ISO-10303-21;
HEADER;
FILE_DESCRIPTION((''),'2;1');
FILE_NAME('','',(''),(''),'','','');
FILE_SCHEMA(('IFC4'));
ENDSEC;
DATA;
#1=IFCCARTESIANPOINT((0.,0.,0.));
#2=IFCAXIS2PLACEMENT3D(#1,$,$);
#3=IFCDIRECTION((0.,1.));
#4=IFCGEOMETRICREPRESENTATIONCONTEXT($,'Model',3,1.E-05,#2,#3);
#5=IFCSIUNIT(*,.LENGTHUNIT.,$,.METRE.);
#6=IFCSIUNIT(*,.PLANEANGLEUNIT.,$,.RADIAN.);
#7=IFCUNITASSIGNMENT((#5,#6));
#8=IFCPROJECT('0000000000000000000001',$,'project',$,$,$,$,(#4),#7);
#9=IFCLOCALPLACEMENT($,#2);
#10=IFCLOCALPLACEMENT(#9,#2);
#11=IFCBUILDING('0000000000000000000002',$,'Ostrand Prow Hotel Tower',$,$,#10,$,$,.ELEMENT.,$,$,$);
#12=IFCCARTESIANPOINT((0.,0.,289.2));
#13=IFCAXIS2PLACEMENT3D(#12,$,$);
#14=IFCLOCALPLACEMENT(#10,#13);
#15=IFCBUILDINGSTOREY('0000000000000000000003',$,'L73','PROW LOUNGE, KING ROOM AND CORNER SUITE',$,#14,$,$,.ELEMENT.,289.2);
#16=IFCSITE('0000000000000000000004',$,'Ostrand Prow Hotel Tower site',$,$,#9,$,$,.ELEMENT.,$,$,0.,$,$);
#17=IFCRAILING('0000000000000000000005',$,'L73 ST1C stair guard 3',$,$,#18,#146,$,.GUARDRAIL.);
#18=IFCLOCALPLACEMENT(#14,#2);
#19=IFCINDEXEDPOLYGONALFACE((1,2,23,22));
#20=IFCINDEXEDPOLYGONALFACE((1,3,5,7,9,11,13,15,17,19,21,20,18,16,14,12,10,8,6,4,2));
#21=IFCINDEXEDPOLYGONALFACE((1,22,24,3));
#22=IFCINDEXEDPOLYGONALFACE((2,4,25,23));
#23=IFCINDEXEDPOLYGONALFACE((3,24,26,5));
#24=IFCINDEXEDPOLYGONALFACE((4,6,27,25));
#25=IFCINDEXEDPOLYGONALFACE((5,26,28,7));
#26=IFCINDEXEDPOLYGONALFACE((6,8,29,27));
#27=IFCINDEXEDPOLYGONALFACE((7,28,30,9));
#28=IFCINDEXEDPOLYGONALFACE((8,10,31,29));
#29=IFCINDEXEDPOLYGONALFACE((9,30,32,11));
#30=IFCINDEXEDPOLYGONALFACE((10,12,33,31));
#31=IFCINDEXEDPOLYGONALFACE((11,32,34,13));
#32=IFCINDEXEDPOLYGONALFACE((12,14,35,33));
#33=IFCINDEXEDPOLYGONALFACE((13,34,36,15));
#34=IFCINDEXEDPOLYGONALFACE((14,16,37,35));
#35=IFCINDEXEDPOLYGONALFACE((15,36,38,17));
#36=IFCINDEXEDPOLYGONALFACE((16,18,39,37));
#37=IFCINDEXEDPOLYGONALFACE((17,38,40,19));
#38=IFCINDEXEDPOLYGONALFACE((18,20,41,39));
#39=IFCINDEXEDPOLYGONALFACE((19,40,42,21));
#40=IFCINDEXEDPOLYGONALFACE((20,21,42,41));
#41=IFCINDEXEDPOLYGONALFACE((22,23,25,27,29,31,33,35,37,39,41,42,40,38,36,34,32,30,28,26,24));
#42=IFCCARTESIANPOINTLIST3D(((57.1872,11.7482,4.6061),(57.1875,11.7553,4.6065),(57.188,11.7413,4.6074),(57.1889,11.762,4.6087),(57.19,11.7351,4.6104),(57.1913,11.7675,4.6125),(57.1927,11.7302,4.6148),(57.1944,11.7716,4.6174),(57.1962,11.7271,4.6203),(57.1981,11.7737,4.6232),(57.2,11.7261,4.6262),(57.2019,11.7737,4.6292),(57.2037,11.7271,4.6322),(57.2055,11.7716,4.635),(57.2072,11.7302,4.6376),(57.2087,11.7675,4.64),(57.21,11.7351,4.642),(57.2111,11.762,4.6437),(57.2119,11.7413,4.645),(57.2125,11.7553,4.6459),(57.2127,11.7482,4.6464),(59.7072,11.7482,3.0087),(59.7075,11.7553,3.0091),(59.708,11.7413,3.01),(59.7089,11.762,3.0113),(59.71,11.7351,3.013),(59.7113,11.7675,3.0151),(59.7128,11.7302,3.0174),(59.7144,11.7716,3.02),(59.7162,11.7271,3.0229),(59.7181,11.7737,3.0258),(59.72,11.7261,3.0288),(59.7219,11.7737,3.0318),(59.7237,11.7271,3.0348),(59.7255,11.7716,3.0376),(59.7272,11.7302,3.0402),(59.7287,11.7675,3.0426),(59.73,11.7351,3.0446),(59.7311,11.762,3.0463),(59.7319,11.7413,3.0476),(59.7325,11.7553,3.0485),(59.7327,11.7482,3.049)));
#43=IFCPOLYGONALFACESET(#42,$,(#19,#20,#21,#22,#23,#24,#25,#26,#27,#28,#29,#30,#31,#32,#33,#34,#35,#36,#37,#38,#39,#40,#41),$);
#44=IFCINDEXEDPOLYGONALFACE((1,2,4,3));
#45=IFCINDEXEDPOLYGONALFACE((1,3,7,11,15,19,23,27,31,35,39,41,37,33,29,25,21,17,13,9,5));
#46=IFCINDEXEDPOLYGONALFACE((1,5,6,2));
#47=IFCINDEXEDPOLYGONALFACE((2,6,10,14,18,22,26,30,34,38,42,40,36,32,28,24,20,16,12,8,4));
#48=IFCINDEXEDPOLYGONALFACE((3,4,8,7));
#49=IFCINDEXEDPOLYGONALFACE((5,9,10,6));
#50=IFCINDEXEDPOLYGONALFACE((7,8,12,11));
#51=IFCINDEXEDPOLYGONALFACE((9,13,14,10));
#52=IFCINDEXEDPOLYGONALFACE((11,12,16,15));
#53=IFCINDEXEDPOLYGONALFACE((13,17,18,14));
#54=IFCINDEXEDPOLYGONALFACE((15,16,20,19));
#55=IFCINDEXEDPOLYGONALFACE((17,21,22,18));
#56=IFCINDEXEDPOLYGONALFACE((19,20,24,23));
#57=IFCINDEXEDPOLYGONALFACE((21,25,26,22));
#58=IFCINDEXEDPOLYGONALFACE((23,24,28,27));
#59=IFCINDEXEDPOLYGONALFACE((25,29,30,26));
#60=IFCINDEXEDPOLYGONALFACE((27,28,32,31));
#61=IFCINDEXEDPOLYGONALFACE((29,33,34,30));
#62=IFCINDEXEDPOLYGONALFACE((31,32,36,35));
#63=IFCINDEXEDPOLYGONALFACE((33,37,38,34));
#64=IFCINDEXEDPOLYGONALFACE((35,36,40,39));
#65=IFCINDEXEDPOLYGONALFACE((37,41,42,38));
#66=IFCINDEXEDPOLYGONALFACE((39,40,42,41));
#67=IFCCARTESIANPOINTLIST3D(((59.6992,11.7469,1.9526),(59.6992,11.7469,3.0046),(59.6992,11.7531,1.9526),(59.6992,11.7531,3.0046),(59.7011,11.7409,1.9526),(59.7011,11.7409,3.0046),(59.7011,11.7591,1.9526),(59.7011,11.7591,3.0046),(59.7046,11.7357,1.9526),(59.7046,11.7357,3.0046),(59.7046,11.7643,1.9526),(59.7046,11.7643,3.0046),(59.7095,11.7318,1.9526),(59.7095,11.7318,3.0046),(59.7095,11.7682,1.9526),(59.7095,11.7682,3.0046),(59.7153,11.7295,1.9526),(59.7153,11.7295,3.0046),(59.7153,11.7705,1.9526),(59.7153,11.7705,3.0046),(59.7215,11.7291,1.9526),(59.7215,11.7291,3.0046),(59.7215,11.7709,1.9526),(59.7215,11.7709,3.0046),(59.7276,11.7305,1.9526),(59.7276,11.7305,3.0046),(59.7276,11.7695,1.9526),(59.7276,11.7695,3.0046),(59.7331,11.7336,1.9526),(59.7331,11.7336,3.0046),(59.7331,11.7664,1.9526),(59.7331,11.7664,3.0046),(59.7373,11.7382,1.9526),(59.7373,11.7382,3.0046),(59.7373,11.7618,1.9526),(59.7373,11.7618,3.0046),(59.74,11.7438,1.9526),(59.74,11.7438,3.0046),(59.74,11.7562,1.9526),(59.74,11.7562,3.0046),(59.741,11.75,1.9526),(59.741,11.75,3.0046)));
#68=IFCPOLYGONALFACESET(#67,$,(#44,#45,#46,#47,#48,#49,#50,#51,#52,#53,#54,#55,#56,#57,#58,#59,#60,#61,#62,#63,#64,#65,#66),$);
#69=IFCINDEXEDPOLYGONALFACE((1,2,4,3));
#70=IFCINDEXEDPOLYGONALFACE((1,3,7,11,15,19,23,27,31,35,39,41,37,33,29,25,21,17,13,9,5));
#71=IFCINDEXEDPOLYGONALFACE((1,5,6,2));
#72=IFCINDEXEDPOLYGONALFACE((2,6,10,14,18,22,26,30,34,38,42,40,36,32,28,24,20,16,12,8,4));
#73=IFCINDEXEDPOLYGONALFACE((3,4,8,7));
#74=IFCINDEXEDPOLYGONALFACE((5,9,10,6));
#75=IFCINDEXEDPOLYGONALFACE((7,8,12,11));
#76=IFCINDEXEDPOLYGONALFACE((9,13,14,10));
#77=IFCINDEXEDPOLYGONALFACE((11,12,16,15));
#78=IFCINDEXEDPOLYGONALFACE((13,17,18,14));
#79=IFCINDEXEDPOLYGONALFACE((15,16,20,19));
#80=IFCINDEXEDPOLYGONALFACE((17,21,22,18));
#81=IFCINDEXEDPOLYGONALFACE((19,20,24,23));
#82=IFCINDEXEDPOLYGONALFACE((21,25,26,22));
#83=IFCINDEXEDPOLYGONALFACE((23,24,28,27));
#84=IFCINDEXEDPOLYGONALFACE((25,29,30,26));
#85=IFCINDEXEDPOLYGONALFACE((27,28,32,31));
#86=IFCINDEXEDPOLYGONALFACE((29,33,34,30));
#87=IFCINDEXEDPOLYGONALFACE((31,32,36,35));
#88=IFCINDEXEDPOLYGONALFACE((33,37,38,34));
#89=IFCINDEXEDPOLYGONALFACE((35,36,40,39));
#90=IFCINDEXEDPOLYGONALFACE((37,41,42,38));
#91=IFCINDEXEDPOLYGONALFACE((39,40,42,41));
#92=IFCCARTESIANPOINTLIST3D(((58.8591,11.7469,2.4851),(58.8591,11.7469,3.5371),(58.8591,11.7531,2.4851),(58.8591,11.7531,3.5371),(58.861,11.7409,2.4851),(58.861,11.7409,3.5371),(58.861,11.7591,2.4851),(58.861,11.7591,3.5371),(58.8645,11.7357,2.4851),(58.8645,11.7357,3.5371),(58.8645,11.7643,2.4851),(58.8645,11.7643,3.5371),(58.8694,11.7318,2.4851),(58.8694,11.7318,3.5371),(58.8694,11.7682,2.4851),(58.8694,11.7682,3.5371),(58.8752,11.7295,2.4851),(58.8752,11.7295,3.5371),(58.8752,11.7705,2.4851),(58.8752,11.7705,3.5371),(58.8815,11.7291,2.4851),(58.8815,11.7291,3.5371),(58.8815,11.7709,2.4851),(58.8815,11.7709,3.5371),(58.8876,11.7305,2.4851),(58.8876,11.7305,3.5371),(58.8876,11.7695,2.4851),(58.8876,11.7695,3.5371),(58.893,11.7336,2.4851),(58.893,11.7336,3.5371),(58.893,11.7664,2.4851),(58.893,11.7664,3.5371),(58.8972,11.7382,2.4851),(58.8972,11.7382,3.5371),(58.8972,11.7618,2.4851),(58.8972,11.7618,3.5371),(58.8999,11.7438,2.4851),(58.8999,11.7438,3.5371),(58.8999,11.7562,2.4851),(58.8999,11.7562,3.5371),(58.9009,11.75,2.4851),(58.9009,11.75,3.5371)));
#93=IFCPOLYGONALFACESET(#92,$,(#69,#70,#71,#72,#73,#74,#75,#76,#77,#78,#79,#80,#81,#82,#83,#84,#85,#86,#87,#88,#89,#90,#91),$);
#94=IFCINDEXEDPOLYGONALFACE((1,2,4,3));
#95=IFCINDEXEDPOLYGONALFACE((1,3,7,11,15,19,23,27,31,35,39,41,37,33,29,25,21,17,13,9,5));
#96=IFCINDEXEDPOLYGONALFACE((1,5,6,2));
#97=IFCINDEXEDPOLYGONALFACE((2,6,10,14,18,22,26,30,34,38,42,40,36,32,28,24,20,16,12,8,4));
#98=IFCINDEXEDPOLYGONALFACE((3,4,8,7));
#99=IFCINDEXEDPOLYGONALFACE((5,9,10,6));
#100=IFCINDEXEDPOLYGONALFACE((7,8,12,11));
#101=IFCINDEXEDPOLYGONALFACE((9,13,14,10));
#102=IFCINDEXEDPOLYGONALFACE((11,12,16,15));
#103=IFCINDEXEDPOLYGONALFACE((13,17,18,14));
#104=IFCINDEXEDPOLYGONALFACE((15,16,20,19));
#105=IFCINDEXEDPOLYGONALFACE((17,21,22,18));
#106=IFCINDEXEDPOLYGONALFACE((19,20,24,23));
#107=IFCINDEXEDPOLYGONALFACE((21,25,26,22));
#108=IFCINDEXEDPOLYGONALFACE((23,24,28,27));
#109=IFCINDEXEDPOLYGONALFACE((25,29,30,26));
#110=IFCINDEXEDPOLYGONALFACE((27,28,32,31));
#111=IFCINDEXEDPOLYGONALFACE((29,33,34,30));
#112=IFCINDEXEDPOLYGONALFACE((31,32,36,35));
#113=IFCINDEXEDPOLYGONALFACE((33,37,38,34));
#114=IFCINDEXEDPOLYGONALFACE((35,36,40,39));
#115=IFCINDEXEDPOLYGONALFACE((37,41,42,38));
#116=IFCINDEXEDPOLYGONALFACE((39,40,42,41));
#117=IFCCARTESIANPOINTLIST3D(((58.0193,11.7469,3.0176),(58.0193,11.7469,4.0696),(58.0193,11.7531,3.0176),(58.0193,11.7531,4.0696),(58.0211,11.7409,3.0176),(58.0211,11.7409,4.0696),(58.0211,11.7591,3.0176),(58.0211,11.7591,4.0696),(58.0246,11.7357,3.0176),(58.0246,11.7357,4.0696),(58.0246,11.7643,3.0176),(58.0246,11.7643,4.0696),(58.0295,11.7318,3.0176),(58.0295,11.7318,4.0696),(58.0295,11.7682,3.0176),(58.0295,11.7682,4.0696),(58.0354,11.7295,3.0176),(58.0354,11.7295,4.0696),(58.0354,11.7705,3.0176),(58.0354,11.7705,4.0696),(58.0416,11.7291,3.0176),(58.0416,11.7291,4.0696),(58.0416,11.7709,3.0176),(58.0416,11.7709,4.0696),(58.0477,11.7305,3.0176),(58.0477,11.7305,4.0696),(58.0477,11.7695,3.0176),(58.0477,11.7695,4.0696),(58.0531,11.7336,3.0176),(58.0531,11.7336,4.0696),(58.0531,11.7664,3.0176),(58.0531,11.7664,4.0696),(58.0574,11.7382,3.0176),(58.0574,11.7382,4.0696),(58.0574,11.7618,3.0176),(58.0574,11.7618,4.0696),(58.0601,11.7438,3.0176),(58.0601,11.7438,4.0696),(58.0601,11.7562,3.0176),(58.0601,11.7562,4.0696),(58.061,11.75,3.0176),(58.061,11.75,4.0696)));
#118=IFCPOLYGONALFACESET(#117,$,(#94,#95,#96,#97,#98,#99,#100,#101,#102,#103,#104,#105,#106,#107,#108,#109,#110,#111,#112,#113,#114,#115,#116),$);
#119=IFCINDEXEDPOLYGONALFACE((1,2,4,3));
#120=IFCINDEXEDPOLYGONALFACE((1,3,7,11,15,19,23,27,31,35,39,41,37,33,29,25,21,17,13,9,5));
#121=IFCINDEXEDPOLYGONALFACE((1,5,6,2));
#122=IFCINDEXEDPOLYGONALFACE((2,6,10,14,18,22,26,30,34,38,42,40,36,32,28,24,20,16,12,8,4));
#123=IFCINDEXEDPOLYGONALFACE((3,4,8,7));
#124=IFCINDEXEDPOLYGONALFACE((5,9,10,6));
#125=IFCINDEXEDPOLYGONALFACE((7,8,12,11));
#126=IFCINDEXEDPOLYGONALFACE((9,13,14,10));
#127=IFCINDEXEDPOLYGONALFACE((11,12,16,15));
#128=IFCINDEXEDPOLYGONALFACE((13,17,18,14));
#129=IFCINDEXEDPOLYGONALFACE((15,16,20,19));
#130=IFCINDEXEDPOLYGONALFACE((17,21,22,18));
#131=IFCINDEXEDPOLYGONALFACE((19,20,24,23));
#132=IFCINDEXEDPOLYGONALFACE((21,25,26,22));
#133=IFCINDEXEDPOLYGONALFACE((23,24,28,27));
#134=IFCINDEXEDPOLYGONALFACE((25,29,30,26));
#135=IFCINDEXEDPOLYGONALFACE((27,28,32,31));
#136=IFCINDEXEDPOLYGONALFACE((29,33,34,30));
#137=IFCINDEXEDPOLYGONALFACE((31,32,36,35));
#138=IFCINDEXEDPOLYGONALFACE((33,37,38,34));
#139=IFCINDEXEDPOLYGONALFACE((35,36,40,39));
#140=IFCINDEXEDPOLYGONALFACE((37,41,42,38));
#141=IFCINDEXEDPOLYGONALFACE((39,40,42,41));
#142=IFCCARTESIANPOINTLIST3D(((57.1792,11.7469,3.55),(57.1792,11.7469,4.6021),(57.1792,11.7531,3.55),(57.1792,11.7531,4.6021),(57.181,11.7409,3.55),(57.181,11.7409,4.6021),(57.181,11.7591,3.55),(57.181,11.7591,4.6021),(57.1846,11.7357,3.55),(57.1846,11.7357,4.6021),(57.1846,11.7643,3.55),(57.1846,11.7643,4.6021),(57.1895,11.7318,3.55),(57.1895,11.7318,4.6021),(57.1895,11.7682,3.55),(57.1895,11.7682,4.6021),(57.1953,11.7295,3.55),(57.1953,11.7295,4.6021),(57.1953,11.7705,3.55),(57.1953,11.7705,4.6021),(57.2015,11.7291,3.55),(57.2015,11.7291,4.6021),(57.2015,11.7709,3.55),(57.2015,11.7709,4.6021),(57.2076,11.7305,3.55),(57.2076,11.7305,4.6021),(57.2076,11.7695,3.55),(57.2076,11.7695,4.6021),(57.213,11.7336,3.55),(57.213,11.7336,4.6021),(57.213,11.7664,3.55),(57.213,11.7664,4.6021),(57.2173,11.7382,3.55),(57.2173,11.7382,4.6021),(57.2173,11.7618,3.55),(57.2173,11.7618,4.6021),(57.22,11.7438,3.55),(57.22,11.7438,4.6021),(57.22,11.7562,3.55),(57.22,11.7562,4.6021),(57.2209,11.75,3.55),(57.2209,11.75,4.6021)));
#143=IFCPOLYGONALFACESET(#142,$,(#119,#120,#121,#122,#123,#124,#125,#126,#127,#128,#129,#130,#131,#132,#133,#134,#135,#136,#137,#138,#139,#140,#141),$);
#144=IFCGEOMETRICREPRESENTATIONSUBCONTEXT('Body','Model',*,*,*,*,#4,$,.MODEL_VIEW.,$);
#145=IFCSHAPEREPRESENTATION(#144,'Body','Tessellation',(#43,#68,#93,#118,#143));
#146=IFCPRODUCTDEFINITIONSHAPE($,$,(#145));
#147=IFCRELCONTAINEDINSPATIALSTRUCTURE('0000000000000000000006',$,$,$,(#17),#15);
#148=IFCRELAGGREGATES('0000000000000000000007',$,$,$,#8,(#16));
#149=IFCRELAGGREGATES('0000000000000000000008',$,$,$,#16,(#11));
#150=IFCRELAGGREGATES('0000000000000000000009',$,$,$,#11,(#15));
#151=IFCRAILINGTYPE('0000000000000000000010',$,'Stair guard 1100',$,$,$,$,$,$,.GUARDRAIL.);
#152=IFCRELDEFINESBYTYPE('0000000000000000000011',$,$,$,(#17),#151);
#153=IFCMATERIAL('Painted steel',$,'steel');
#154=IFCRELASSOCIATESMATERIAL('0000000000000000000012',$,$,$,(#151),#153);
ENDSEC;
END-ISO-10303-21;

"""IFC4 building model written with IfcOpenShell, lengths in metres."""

from ifc_helpers import new_model, si_unit, direction, frame, origin, origin_2d, place, context, subcontext, project, spatial, circle, extrude, material, type_object, element, save


model = new_model("IFC4")

# Units and contexts
model_context = context("Model", 3, precision=1e-05, world=origin(), true_north=direction((0.0, 1.0)))
body_context = subcontext(model_context, "Body", "Model", "MODEL_VIEW")
ifc_project = project(units=[si_unit("LENGTHUNIT", "METRE"), si_unit("PLANEANGLEUNIT", "RADIAN")], contexts=[model_context])

# Site, building, storey
site_placement = place(None, origin())
site = spatial("IfcSite", under=ifc_project, at=site_placement, Name="Ostrand Prow Hotel Tower site", CompositionType="ELEMENT", RefElevation=0.0)
building_placement = place(site_placement, origin())
building = spatial("IfcBuilding", under=site, at=building_placement, Name="Ostrand Prow Hotel Tower", CompositionType="ELEMENT")
storey_placement = place(building_placement, frame((0.0, 0.0, 289.2)))
storey = spatial("IfcBuildingStorey", under=building, at=storey_placement, Name="L73", Description="PROW LOUNGE, KING ROOM AND CORNER SUITE", CompositionType="ELEMENT", Elevation=289.2)

# Railing
ifc_material_1 = material(Name="Painted steel", Category="steel")
railing_type_1 = type_object("IfcRailingType", Name="Stair guard 1100", PredefinedType="GUARDRAIL", material=ifc_material_1)
railing_1_placement = place(storey_placement, frame((59.72, 11.75, 1.9526)))
element("IfcRailing", 1, at=railing_1_placement, inside=storey, type_object=railing_type_1, Name="L73 ST1C stair guard 3", PredefinedType="GUARDRAIL", context=body_context, shape_type="SweptSolid", body=[
    extrude(circle(Radius=0.0239, at=origin_2d()), frame((0.0, 0.0, 1.0762), z_axis=(-0.844607, 0.0, 0.535387), x_axis=(0.0, -1.0, 0.0)), (0.0, 0.0, 1.0), 2.9836),
    extrude(circle(Radius=0.021, at=origin_2d()), origin(), (0.0, 0.0, 1.0), 1.052),
    extrude(circle(Radius=0.021, at=origin_2d()), frame((-0.8401, 0.0, 0.5325)), (0.0, 0.0, 1.0), 1.052),
    extrude(circle(Radius=0.021, at=origin_2d()), frame((-1.6799, 0.0, 1.0649)), (0.0, 0.0, 1.0), 1.052),
    extrude(circle(Radius=0.021, at=origin_2d()), frame((-2.52, 0.0, 1.5974)), (0.0, 0.0, 1.0), 1.052),
])

save(model, "model.ifc")
